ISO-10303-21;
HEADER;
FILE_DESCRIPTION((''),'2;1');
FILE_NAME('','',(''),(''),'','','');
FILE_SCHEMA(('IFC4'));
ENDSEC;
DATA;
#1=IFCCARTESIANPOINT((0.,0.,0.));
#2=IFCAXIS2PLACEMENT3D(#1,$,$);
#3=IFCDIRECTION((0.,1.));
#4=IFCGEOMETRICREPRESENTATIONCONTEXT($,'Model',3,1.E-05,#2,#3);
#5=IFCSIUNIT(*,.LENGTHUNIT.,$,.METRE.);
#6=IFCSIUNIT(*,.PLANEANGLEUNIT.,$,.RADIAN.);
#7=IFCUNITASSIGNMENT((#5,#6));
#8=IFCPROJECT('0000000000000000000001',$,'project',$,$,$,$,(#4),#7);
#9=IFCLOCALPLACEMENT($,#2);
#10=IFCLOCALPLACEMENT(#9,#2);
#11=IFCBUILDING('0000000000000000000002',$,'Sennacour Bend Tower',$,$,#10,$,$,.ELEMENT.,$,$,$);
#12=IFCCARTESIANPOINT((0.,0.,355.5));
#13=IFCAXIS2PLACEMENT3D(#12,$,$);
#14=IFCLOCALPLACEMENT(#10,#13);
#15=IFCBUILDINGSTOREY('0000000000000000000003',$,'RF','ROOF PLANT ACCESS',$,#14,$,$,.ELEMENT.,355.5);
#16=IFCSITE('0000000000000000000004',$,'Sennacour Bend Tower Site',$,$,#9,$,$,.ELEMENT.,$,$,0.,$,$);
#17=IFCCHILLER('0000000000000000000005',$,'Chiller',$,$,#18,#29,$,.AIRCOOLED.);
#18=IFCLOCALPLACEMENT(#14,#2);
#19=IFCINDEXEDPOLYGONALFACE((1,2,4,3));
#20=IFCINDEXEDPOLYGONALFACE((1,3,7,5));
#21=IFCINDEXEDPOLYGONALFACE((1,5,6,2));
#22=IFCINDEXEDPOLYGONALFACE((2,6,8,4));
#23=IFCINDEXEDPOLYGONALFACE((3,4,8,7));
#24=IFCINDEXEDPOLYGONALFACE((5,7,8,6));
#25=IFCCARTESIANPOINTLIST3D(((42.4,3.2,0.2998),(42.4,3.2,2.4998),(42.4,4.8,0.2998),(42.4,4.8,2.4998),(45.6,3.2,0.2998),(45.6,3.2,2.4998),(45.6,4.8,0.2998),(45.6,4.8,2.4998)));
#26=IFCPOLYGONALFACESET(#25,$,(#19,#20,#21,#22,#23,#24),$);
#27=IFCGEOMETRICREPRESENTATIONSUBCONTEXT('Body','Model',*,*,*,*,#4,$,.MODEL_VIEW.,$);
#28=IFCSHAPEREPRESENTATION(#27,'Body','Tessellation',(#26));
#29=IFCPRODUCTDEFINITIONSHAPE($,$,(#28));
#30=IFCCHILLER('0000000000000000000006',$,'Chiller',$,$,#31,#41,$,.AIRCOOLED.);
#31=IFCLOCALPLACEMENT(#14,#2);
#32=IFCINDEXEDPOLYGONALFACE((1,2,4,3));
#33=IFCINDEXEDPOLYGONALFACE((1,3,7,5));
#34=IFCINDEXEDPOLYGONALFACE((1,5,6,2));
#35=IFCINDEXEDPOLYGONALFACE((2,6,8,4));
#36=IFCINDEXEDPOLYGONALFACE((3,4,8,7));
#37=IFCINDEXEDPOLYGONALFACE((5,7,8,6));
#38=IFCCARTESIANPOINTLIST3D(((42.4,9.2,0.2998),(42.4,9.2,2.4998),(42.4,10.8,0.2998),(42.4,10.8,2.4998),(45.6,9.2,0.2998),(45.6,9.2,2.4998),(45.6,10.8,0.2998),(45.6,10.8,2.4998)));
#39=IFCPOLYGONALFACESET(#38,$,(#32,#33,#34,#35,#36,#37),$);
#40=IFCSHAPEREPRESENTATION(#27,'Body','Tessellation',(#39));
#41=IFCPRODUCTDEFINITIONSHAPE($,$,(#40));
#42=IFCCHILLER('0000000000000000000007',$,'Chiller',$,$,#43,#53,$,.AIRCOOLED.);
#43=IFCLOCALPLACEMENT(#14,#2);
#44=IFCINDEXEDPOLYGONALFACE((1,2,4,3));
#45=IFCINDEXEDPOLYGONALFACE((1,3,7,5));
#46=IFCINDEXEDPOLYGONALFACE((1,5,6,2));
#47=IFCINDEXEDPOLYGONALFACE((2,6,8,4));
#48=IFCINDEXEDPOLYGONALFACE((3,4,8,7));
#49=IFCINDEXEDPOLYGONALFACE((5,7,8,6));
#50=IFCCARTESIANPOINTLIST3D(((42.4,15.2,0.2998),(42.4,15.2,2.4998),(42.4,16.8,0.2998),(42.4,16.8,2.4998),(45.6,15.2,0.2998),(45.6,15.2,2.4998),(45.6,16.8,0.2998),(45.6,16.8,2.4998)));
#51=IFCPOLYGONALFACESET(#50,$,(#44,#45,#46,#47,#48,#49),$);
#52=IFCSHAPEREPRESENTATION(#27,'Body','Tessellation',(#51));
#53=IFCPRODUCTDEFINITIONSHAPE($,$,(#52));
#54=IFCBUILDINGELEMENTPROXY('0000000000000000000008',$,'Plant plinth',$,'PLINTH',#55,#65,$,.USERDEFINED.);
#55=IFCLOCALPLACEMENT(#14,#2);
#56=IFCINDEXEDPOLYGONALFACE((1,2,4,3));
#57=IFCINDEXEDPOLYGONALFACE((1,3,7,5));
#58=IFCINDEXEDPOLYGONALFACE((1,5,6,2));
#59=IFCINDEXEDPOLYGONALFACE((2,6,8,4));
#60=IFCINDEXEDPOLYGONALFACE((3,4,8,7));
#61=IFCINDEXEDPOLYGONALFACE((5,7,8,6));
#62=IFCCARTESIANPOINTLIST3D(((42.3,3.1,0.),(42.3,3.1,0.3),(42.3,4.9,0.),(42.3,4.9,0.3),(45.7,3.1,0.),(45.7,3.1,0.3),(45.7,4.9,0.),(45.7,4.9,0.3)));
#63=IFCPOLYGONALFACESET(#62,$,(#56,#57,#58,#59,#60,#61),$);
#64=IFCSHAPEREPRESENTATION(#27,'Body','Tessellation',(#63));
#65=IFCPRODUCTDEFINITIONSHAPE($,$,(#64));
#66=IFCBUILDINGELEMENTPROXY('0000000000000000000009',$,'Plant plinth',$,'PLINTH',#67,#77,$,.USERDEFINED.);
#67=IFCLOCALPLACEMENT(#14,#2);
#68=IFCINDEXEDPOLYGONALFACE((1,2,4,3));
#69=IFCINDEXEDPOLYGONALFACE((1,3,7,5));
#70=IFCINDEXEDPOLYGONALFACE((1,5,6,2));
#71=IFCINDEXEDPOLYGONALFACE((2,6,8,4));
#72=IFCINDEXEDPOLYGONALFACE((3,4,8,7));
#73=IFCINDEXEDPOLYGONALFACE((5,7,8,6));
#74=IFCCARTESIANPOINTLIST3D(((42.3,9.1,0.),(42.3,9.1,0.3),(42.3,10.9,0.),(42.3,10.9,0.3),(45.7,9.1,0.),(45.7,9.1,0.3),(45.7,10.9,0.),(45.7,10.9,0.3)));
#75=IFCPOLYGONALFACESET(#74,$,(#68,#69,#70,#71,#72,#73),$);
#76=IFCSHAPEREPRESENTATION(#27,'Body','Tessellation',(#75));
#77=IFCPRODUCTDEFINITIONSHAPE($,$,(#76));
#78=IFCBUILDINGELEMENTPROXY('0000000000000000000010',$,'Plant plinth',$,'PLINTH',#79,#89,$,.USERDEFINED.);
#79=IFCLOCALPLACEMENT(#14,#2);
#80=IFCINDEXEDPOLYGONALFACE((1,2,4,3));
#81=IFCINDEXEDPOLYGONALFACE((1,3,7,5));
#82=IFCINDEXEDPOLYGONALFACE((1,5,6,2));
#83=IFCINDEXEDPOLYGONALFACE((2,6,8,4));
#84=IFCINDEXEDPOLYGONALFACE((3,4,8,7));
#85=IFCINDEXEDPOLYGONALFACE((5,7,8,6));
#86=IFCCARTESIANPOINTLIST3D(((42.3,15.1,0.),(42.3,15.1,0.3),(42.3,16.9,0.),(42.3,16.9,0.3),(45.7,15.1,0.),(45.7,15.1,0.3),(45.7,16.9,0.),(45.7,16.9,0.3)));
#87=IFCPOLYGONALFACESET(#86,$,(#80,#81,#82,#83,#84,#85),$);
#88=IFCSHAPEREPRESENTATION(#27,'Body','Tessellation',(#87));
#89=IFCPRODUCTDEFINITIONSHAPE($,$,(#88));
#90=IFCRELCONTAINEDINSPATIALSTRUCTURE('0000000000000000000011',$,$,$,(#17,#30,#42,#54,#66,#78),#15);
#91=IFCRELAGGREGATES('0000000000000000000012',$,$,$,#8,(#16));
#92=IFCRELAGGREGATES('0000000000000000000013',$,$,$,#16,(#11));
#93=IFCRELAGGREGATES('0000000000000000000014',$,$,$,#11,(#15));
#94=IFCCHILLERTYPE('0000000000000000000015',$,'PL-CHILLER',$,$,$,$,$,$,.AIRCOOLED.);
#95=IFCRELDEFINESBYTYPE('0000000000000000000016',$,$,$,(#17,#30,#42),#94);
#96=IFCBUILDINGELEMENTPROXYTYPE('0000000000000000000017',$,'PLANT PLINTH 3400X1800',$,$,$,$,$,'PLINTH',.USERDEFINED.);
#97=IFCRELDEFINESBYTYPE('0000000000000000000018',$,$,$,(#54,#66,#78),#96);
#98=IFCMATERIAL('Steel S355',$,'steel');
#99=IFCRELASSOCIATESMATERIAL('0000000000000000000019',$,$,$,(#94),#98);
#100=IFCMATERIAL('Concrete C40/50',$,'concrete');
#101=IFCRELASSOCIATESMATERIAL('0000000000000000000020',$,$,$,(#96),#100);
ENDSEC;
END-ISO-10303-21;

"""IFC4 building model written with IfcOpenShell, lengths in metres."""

from ifc_helpers import new_model, si_unit, direction, frame, origin, origin_2d, place, context, subcontext, project, spatial, rectangle, extrude, material, type_object, element, save


model = new_model("IFC4")

# Units and contexts
model_context = context("Model", 3, precision=1e-05, world=origin(), true_north=direction((0.0, 1.0)))
body_context = subcontext(model_context, "Body", "Model", "MODEL_VIEW")
ifc_project = project(units=[si_unit("LENGTHUNIT", "METRE"), si_unit("PLANEANGLEUNIT", "RADIAN")], contexts=[model_context])

# Site, building, storey
site_placement = place(None, origin())
site = spatial("IfcSite", under=ifc_project, at=site_placement, Name="Sennacour Bend Tower Site", CompositionType="ELEMENT", RefElevation=0.0)
building_placement = place(site_placement, origin())
building = spatial("IfcBuilding", under=site, at=building_placement, Name="Sennacour Bend Tower", CompositionType="ELEMENT")
storey_placement = place(building_placement, frame((0.0, 0.0, 355.5)))
storey = spatial("IfcBuildingStorey", under=building, at=storey_placement, Name="RF", Description="ROOF PLANT ACCESS", CompositionType="ELEMENT", Elevation=355.5)

# Chillers
ifc_material_1 = material(Name="Steel S355", Category="steel")
chiller_type = type_object("IfcChillerType", Name="PL-CHILLER", PredefinedType="AIRCOOLED", material=ifc_material_1)
for number, where, z_axis, x_axis, name in (
    (1, (44.0, 4.0, 0.2998), (0.0, 0.0, 1.0), (1.0, 0.0, 0.0), "Chiller"),
    (2, (44.0, 10.0, 0.2998), (0.0, 0.0, 1.0), (1.0, 0.0, 0.0), "Chiller"),
    (3, (44.0, 16.0, 0.2998), (0.0, 0.0, 1.0), (1.0, 0.0, 0.0), "Chiller"),
):
    element("IfcChiller", number, at=place(storey_placement, frame(where, z_axis=z_axis, x_axis=x_axis)), inside=storey, type_object=chiller_type, Name=name, PredefinedType="AIRCOOLED", context=body_context, shape_type="SweptSolid", body=[
        extrude(rectangle(XDim=3.2, YDim=1.6001, at=origin_2d()), origin(), (0.0, 0.0, 1.0), 2.2),
    ])

# Building element proxies
ifc_material_2 = material(Name="Concrete C40/50", Category="concrete")
building_element_proxy_type = type_object("IfcBuildingElementProxyType", Name="PLANT PLINTH 3400X1800", ElementType="PLINTH", PredefinedType="USERDEFINED", material=ifc_material_2)
for number, where, z_axis, x_axis, name in (
    (4, (44.0, 4.0, 0.0), (0.0, 0.0, 1.0), (1.0, 0.0, 0.0), "Plant plinth"),
    (5, (44.0, 10.0, 0.0), (0.0, 0.0, 1.0), (1.0, 0.0, 0.0), "Plant plinth"),
    (6, (44.0, 16.0, 0.0), (0.0, 0.0, 1.0), (1.0, 0.0, 0.0), "Plant plinth"),
):
    element("IfcBuildingElementProxy", number, at=place(storey_placement, frame(where, z_axis=z_axis, x_axis=x_axis)), inside=storey, type_object=building_element_proxy_type, Name=name, ObjectType="PLINTH", PredefinedType="USERDEFINED", context=body_context, shape_type="SweptSolid", body=[
        extrude(rectangle(XDim=3.3999, YDim=1.8, at=origin_2d()), origin(), (0.0, 0.0, 1.0), 0.3),
    ])

save(model, "model.ifc")
